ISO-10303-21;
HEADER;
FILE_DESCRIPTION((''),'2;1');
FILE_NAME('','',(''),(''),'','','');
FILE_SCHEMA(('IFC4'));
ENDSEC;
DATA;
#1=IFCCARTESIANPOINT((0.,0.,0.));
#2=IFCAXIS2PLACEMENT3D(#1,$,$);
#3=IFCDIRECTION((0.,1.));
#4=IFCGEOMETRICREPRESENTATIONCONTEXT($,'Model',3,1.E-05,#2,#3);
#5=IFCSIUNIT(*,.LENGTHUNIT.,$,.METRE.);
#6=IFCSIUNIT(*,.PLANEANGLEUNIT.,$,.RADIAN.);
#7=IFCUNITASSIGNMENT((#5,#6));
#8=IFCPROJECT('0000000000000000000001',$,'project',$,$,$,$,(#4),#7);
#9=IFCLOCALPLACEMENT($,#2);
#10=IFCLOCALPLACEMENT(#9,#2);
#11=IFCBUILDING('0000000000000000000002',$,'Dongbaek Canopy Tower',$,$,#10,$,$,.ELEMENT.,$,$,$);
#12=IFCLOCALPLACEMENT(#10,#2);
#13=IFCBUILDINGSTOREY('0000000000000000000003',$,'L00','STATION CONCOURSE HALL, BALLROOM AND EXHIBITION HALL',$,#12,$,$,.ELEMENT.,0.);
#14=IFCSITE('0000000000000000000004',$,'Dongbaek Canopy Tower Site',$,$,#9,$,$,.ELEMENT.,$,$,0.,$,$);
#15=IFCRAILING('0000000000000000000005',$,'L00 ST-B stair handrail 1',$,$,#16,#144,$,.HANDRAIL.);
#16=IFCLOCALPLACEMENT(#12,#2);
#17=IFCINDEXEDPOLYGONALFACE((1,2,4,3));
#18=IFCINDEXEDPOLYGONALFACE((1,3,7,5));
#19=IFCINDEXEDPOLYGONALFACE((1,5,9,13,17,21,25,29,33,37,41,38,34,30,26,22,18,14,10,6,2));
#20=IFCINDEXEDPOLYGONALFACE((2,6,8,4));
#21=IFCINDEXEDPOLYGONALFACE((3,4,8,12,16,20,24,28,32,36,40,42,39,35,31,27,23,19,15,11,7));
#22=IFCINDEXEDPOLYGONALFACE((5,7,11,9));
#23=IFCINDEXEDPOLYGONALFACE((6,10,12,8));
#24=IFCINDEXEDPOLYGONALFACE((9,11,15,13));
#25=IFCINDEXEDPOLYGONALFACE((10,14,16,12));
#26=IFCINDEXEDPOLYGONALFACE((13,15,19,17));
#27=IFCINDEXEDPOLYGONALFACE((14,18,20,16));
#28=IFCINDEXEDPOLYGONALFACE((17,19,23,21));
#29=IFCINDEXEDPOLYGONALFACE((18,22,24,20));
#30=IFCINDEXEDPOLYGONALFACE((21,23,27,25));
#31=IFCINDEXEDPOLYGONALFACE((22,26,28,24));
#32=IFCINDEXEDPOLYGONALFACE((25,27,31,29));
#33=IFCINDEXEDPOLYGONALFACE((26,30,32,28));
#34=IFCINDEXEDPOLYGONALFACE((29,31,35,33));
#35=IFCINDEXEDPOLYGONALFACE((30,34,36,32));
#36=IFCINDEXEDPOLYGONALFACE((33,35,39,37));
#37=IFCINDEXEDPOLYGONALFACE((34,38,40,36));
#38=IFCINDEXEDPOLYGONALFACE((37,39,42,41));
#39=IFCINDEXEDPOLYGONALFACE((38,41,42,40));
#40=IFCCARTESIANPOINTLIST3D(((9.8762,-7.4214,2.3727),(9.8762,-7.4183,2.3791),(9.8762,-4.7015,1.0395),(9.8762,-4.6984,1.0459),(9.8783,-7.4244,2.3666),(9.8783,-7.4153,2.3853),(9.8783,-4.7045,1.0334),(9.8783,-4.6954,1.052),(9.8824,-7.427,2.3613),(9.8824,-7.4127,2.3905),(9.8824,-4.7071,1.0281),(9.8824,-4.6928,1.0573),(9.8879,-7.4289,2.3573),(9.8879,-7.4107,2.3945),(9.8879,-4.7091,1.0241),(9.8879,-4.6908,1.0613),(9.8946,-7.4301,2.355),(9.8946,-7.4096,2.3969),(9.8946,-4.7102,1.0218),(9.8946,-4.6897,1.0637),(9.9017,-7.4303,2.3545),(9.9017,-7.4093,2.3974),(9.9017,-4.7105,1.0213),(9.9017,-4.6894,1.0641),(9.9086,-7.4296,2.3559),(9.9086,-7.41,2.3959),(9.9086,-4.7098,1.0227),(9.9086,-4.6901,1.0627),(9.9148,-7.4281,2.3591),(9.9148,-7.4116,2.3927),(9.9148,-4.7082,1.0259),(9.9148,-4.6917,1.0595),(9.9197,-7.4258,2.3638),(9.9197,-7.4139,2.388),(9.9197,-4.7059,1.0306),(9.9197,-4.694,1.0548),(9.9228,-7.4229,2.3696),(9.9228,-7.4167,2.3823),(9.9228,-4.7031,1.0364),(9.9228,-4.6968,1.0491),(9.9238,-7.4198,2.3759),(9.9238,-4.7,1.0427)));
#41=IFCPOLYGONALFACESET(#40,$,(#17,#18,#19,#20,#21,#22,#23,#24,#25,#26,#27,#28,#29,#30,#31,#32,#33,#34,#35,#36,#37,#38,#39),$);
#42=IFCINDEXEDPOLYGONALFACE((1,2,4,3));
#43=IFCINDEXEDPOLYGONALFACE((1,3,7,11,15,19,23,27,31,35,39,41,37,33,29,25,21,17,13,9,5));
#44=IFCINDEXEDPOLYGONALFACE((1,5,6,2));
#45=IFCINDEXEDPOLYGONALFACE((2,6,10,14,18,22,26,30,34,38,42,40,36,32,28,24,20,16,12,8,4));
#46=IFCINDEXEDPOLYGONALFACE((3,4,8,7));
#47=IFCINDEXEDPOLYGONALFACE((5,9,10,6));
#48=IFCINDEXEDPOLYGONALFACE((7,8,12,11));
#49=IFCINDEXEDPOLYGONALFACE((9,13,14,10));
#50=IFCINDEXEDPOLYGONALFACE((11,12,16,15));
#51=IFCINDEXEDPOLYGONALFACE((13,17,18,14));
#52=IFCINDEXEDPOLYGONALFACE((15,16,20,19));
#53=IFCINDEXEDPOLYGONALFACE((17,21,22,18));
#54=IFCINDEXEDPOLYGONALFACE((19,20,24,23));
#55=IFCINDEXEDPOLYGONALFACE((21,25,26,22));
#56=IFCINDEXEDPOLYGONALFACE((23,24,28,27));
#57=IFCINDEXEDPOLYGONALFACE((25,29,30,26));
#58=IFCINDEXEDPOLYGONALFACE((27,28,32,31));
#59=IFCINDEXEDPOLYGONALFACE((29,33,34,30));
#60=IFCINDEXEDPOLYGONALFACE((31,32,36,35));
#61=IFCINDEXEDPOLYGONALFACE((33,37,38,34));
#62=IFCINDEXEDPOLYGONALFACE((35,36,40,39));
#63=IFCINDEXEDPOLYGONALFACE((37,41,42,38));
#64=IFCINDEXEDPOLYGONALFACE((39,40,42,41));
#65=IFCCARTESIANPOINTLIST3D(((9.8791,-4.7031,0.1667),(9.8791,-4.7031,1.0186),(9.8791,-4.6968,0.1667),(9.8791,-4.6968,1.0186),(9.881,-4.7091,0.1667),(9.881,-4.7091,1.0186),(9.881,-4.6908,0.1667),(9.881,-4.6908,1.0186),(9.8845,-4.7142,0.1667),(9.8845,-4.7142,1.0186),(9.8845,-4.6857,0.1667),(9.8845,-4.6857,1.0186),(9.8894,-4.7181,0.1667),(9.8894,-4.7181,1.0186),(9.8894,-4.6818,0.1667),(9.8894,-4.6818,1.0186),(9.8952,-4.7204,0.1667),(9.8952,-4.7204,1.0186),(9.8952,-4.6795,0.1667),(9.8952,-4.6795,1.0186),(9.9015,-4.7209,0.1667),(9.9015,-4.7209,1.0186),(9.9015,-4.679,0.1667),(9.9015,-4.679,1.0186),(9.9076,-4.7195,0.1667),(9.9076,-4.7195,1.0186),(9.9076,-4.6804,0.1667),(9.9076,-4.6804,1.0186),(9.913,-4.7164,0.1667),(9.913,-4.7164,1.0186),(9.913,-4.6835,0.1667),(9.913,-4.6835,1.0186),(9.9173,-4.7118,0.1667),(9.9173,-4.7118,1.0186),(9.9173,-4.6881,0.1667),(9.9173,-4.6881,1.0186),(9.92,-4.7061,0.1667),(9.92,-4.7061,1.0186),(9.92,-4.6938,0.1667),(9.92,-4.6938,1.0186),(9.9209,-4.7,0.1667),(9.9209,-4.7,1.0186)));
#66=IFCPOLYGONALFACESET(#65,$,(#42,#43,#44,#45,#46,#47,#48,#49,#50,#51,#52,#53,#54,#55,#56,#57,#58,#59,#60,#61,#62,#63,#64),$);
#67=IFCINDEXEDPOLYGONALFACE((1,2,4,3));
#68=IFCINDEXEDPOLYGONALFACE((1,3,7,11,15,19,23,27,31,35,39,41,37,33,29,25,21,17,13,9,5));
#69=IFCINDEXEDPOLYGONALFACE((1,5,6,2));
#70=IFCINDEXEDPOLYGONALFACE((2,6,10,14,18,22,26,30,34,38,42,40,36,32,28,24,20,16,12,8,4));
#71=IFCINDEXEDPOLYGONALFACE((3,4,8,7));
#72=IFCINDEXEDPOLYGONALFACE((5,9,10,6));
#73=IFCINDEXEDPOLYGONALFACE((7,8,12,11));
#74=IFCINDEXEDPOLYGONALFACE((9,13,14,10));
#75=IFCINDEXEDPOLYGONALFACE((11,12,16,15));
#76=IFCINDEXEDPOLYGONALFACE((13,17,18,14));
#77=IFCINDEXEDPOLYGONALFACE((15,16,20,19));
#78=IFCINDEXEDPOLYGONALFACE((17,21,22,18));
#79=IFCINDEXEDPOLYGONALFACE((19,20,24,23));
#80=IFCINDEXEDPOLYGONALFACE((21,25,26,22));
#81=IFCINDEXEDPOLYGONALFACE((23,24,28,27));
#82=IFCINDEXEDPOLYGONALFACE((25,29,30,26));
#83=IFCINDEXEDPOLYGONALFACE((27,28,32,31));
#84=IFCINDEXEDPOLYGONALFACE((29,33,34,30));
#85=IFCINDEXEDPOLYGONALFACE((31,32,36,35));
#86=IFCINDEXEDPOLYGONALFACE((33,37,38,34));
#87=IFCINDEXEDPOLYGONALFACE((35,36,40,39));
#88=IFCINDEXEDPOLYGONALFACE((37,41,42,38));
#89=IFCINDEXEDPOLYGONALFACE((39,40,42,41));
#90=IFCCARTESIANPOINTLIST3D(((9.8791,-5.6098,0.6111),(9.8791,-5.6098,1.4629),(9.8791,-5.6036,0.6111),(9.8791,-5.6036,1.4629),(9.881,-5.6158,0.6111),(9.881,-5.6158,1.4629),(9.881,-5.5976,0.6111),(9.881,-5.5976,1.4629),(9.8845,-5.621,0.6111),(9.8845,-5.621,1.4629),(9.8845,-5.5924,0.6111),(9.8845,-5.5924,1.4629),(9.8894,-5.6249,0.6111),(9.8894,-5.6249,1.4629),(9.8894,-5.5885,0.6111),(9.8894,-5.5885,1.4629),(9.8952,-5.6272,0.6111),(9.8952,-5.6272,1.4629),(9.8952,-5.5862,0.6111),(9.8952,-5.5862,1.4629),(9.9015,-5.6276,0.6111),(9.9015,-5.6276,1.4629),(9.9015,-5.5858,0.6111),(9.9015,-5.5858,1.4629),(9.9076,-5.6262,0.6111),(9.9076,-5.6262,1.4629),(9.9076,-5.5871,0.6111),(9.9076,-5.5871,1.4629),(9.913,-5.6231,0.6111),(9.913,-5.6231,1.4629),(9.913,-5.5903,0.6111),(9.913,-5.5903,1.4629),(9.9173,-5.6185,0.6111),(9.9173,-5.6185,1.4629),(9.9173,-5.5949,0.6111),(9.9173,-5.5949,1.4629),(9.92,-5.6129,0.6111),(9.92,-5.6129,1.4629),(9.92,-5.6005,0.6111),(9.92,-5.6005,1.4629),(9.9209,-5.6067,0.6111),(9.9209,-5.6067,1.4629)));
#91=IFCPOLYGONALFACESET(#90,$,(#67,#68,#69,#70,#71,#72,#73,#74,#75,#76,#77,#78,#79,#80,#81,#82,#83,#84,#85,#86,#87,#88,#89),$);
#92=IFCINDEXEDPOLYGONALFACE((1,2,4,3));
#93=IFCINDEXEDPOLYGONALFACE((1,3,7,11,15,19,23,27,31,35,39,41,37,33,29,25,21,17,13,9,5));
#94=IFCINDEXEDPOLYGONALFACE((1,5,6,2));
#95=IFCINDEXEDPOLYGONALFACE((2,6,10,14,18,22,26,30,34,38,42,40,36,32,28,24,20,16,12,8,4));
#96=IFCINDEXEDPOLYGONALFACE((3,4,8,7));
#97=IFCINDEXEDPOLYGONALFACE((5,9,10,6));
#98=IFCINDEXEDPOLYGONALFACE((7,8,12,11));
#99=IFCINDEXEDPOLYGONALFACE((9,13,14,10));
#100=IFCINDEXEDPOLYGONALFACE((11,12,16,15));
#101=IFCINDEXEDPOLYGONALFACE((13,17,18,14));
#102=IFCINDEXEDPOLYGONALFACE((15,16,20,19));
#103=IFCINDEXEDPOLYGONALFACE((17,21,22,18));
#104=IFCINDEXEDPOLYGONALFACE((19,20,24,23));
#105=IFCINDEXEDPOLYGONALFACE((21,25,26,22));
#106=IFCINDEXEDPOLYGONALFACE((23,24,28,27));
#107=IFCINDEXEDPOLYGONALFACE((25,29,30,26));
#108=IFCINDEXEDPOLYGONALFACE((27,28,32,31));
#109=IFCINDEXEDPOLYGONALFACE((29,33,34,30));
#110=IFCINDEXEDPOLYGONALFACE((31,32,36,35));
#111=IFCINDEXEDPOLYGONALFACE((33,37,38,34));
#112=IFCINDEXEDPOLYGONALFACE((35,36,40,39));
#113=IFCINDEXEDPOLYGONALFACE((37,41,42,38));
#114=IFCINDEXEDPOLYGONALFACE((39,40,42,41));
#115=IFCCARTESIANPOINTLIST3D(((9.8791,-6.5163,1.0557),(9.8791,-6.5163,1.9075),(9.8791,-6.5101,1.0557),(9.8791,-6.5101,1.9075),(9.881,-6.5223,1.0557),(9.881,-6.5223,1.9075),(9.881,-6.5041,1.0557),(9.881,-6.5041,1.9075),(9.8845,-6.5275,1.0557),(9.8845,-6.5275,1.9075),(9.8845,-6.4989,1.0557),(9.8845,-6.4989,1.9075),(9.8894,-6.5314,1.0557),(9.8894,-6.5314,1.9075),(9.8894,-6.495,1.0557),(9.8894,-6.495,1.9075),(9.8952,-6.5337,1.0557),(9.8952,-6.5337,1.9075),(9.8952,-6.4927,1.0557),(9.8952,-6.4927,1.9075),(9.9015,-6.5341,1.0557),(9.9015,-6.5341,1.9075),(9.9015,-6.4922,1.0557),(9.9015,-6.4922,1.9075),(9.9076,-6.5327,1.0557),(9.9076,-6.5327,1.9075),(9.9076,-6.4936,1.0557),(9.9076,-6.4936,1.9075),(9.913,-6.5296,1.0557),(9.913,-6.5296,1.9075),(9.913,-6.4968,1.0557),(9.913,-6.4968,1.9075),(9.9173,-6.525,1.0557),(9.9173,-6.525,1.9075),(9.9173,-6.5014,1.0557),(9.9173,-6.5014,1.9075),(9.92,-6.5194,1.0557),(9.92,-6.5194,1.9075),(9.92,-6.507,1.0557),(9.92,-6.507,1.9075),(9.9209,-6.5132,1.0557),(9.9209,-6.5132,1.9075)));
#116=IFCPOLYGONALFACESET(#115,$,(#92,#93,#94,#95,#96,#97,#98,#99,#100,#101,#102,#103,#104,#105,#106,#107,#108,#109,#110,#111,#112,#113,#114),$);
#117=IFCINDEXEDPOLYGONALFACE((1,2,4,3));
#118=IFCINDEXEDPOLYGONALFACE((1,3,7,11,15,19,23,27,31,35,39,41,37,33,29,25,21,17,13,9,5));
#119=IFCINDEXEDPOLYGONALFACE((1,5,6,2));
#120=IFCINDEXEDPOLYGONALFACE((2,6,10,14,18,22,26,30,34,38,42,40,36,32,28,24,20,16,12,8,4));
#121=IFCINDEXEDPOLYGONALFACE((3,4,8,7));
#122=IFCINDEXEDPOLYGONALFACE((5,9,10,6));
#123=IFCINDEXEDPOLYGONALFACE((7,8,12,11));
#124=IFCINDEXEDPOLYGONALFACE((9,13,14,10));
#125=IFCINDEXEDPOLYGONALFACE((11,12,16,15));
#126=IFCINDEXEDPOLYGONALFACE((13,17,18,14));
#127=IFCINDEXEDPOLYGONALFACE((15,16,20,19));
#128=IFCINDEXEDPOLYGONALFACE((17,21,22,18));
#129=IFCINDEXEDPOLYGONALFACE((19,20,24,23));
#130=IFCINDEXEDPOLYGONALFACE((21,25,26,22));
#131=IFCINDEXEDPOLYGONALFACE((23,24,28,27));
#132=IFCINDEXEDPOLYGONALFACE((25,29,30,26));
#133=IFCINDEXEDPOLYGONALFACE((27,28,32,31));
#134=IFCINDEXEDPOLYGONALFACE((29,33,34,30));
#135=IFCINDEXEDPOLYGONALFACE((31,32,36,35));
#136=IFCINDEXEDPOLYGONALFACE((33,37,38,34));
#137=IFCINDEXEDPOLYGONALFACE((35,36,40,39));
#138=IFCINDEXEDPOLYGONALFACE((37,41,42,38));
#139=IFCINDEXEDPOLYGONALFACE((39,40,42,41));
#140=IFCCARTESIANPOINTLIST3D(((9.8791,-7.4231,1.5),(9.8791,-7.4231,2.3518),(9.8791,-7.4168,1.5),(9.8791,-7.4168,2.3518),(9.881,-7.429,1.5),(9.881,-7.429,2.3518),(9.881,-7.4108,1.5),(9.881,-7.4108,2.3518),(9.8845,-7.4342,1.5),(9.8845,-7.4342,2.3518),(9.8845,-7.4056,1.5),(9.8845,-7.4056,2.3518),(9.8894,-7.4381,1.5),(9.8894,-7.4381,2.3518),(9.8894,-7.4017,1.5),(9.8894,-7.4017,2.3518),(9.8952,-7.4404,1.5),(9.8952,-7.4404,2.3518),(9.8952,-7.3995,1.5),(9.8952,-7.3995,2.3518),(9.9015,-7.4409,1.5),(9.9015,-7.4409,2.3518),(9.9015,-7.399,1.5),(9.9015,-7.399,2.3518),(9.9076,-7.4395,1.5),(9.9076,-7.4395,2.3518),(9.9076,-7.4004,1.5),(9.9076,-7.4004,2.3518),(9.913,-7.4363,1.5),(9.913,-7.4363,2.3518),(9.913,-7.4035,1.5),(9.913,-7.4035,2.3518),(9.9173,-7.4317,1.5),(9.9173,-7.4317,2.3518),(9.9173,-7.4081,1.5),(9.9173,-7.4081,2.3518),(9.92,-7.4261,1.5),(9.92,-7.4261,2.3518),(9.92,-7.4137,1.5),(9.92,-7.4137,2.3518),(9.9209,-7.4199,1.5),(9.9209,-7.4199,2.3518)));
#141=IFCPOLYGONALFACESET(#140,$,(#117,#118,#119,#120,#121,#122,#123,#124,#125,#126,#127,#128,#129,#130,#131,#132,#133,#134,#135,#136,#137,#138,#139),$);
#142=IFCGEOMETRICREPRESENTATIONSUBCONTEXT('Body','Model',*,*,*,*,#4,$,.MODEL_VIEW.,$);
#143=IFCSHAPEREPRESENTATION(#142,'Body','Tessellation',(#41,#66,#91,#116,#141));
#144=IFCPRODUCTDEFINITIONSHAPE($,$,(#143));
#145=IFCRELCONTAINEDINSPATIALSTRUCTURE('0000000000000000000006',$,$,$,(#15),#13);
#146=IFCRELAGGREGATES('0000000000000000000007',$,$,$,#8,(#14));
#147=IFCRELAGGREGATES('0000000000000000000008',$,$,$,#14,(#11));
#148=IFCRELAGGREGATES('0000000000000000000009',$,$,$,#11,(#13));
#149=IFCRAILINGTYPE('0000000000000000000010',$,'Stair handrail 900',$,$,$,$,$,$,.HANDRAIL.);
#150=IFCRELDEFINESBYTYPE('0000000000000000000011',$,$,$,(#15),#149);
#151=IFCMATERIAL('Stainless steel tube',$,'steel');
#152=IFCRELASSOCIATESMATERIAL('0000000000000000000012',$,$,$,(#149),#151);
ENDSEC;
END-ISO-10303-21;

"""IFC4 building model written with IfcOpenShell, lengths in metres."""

from ifc_helpers import new_model, si_unit, direction, frame, origin, origin_2d, place, context, subcontext, project, spatial, circle, extrude, material, type_object, element, save


model = new_model("IFC4")

# Units and contexts
model_context = context("Model", 3, precision=1e-05, world=origin(), true_north=direction((0.0, 1.0)))
body_context = subcontext(model_context, "Body", "Model", "MODEL_VIEW")
ifc_project = project(units=[si_unit("LENGTHUNIT", "METRE"), si_unit("PLANEANGLEUNIT", "RADIAN")], contexts=[model_context])

# Site, building, storey
site_placement = place(None, origin())
site = spatial("IfcSite", under=ifc_project, at=site_placement, Name="Dongbaek Canopy Tower Site", CompositionType="ELEMENT", RefElevation=0.0)
building_placement = place(site_placement, origin())
building = spatial("IfcBuilding", under=site, at=building_placement, Name="Dongbaek Canopy Tower", CompositionType="ELEMENT")
storey_placement = place(building_placement, origin())
storey = spatial("IfcBuildingStorey", under=building, at=storey_placement, Name="L00", Description="STATION CONCOURSE HALL, BALLROOM AND EXHIBITION HALL", CompositionType="ELEMENT", Elevation=0.0)

# Railing
ifc_material_1 = material(Name="Stainless steel tube", Category="steel")
railing_type = type_object("IfcRailingType", Name="Stair handrail 900", PredefinedType="HANDRAIL", material=ifc_material_1)
for number, where, name in (
    (1, (9.8999, -4.7, 0.1667), "L00 ST-B stair handrail 1"),
):
    element("IfcRailing", number, at=place(storey_placement, frame(where)), inside=storey, type_object=railing_type, Name=name, PredefinedType="HANDRAIL", context=body_context, shape_type="SweptSolid", body=[
        extrude(circle(Radius=0.0239, at=origin_2d()), frame((0.0, 0.0, 0.876), z_axis=(0.0, -0.897929, 0.440139), x_axis=(1.0, 0.0, 0.0)), (0.0, 0.0, 1.0), 3.0291),
        extrude(circle(Radius=0.021, at=origin_2d()), origin(), (0.0, 0.0, 1.0), 0.8518),
        extrude(circle(Radius=0.021, at=origin_2d()), frame((0.0, -0.9067, 0.4443)), (0.0, 0.0, 1.0), 0.8518),
        extrude(circle(Radius=0.021, at=origin_2d()), frame((0.0, -1.8132, 0.8889)), (0.0, 0.0, 1.0), 0.8518),
        extrude(circle(Radius=0.021, at=origin_2d()), frame((0.0, -2.72, 1.3333)), (0.0, 0.0, 1.0), 0.8518),
    ])

save(model, "model.ifc")
